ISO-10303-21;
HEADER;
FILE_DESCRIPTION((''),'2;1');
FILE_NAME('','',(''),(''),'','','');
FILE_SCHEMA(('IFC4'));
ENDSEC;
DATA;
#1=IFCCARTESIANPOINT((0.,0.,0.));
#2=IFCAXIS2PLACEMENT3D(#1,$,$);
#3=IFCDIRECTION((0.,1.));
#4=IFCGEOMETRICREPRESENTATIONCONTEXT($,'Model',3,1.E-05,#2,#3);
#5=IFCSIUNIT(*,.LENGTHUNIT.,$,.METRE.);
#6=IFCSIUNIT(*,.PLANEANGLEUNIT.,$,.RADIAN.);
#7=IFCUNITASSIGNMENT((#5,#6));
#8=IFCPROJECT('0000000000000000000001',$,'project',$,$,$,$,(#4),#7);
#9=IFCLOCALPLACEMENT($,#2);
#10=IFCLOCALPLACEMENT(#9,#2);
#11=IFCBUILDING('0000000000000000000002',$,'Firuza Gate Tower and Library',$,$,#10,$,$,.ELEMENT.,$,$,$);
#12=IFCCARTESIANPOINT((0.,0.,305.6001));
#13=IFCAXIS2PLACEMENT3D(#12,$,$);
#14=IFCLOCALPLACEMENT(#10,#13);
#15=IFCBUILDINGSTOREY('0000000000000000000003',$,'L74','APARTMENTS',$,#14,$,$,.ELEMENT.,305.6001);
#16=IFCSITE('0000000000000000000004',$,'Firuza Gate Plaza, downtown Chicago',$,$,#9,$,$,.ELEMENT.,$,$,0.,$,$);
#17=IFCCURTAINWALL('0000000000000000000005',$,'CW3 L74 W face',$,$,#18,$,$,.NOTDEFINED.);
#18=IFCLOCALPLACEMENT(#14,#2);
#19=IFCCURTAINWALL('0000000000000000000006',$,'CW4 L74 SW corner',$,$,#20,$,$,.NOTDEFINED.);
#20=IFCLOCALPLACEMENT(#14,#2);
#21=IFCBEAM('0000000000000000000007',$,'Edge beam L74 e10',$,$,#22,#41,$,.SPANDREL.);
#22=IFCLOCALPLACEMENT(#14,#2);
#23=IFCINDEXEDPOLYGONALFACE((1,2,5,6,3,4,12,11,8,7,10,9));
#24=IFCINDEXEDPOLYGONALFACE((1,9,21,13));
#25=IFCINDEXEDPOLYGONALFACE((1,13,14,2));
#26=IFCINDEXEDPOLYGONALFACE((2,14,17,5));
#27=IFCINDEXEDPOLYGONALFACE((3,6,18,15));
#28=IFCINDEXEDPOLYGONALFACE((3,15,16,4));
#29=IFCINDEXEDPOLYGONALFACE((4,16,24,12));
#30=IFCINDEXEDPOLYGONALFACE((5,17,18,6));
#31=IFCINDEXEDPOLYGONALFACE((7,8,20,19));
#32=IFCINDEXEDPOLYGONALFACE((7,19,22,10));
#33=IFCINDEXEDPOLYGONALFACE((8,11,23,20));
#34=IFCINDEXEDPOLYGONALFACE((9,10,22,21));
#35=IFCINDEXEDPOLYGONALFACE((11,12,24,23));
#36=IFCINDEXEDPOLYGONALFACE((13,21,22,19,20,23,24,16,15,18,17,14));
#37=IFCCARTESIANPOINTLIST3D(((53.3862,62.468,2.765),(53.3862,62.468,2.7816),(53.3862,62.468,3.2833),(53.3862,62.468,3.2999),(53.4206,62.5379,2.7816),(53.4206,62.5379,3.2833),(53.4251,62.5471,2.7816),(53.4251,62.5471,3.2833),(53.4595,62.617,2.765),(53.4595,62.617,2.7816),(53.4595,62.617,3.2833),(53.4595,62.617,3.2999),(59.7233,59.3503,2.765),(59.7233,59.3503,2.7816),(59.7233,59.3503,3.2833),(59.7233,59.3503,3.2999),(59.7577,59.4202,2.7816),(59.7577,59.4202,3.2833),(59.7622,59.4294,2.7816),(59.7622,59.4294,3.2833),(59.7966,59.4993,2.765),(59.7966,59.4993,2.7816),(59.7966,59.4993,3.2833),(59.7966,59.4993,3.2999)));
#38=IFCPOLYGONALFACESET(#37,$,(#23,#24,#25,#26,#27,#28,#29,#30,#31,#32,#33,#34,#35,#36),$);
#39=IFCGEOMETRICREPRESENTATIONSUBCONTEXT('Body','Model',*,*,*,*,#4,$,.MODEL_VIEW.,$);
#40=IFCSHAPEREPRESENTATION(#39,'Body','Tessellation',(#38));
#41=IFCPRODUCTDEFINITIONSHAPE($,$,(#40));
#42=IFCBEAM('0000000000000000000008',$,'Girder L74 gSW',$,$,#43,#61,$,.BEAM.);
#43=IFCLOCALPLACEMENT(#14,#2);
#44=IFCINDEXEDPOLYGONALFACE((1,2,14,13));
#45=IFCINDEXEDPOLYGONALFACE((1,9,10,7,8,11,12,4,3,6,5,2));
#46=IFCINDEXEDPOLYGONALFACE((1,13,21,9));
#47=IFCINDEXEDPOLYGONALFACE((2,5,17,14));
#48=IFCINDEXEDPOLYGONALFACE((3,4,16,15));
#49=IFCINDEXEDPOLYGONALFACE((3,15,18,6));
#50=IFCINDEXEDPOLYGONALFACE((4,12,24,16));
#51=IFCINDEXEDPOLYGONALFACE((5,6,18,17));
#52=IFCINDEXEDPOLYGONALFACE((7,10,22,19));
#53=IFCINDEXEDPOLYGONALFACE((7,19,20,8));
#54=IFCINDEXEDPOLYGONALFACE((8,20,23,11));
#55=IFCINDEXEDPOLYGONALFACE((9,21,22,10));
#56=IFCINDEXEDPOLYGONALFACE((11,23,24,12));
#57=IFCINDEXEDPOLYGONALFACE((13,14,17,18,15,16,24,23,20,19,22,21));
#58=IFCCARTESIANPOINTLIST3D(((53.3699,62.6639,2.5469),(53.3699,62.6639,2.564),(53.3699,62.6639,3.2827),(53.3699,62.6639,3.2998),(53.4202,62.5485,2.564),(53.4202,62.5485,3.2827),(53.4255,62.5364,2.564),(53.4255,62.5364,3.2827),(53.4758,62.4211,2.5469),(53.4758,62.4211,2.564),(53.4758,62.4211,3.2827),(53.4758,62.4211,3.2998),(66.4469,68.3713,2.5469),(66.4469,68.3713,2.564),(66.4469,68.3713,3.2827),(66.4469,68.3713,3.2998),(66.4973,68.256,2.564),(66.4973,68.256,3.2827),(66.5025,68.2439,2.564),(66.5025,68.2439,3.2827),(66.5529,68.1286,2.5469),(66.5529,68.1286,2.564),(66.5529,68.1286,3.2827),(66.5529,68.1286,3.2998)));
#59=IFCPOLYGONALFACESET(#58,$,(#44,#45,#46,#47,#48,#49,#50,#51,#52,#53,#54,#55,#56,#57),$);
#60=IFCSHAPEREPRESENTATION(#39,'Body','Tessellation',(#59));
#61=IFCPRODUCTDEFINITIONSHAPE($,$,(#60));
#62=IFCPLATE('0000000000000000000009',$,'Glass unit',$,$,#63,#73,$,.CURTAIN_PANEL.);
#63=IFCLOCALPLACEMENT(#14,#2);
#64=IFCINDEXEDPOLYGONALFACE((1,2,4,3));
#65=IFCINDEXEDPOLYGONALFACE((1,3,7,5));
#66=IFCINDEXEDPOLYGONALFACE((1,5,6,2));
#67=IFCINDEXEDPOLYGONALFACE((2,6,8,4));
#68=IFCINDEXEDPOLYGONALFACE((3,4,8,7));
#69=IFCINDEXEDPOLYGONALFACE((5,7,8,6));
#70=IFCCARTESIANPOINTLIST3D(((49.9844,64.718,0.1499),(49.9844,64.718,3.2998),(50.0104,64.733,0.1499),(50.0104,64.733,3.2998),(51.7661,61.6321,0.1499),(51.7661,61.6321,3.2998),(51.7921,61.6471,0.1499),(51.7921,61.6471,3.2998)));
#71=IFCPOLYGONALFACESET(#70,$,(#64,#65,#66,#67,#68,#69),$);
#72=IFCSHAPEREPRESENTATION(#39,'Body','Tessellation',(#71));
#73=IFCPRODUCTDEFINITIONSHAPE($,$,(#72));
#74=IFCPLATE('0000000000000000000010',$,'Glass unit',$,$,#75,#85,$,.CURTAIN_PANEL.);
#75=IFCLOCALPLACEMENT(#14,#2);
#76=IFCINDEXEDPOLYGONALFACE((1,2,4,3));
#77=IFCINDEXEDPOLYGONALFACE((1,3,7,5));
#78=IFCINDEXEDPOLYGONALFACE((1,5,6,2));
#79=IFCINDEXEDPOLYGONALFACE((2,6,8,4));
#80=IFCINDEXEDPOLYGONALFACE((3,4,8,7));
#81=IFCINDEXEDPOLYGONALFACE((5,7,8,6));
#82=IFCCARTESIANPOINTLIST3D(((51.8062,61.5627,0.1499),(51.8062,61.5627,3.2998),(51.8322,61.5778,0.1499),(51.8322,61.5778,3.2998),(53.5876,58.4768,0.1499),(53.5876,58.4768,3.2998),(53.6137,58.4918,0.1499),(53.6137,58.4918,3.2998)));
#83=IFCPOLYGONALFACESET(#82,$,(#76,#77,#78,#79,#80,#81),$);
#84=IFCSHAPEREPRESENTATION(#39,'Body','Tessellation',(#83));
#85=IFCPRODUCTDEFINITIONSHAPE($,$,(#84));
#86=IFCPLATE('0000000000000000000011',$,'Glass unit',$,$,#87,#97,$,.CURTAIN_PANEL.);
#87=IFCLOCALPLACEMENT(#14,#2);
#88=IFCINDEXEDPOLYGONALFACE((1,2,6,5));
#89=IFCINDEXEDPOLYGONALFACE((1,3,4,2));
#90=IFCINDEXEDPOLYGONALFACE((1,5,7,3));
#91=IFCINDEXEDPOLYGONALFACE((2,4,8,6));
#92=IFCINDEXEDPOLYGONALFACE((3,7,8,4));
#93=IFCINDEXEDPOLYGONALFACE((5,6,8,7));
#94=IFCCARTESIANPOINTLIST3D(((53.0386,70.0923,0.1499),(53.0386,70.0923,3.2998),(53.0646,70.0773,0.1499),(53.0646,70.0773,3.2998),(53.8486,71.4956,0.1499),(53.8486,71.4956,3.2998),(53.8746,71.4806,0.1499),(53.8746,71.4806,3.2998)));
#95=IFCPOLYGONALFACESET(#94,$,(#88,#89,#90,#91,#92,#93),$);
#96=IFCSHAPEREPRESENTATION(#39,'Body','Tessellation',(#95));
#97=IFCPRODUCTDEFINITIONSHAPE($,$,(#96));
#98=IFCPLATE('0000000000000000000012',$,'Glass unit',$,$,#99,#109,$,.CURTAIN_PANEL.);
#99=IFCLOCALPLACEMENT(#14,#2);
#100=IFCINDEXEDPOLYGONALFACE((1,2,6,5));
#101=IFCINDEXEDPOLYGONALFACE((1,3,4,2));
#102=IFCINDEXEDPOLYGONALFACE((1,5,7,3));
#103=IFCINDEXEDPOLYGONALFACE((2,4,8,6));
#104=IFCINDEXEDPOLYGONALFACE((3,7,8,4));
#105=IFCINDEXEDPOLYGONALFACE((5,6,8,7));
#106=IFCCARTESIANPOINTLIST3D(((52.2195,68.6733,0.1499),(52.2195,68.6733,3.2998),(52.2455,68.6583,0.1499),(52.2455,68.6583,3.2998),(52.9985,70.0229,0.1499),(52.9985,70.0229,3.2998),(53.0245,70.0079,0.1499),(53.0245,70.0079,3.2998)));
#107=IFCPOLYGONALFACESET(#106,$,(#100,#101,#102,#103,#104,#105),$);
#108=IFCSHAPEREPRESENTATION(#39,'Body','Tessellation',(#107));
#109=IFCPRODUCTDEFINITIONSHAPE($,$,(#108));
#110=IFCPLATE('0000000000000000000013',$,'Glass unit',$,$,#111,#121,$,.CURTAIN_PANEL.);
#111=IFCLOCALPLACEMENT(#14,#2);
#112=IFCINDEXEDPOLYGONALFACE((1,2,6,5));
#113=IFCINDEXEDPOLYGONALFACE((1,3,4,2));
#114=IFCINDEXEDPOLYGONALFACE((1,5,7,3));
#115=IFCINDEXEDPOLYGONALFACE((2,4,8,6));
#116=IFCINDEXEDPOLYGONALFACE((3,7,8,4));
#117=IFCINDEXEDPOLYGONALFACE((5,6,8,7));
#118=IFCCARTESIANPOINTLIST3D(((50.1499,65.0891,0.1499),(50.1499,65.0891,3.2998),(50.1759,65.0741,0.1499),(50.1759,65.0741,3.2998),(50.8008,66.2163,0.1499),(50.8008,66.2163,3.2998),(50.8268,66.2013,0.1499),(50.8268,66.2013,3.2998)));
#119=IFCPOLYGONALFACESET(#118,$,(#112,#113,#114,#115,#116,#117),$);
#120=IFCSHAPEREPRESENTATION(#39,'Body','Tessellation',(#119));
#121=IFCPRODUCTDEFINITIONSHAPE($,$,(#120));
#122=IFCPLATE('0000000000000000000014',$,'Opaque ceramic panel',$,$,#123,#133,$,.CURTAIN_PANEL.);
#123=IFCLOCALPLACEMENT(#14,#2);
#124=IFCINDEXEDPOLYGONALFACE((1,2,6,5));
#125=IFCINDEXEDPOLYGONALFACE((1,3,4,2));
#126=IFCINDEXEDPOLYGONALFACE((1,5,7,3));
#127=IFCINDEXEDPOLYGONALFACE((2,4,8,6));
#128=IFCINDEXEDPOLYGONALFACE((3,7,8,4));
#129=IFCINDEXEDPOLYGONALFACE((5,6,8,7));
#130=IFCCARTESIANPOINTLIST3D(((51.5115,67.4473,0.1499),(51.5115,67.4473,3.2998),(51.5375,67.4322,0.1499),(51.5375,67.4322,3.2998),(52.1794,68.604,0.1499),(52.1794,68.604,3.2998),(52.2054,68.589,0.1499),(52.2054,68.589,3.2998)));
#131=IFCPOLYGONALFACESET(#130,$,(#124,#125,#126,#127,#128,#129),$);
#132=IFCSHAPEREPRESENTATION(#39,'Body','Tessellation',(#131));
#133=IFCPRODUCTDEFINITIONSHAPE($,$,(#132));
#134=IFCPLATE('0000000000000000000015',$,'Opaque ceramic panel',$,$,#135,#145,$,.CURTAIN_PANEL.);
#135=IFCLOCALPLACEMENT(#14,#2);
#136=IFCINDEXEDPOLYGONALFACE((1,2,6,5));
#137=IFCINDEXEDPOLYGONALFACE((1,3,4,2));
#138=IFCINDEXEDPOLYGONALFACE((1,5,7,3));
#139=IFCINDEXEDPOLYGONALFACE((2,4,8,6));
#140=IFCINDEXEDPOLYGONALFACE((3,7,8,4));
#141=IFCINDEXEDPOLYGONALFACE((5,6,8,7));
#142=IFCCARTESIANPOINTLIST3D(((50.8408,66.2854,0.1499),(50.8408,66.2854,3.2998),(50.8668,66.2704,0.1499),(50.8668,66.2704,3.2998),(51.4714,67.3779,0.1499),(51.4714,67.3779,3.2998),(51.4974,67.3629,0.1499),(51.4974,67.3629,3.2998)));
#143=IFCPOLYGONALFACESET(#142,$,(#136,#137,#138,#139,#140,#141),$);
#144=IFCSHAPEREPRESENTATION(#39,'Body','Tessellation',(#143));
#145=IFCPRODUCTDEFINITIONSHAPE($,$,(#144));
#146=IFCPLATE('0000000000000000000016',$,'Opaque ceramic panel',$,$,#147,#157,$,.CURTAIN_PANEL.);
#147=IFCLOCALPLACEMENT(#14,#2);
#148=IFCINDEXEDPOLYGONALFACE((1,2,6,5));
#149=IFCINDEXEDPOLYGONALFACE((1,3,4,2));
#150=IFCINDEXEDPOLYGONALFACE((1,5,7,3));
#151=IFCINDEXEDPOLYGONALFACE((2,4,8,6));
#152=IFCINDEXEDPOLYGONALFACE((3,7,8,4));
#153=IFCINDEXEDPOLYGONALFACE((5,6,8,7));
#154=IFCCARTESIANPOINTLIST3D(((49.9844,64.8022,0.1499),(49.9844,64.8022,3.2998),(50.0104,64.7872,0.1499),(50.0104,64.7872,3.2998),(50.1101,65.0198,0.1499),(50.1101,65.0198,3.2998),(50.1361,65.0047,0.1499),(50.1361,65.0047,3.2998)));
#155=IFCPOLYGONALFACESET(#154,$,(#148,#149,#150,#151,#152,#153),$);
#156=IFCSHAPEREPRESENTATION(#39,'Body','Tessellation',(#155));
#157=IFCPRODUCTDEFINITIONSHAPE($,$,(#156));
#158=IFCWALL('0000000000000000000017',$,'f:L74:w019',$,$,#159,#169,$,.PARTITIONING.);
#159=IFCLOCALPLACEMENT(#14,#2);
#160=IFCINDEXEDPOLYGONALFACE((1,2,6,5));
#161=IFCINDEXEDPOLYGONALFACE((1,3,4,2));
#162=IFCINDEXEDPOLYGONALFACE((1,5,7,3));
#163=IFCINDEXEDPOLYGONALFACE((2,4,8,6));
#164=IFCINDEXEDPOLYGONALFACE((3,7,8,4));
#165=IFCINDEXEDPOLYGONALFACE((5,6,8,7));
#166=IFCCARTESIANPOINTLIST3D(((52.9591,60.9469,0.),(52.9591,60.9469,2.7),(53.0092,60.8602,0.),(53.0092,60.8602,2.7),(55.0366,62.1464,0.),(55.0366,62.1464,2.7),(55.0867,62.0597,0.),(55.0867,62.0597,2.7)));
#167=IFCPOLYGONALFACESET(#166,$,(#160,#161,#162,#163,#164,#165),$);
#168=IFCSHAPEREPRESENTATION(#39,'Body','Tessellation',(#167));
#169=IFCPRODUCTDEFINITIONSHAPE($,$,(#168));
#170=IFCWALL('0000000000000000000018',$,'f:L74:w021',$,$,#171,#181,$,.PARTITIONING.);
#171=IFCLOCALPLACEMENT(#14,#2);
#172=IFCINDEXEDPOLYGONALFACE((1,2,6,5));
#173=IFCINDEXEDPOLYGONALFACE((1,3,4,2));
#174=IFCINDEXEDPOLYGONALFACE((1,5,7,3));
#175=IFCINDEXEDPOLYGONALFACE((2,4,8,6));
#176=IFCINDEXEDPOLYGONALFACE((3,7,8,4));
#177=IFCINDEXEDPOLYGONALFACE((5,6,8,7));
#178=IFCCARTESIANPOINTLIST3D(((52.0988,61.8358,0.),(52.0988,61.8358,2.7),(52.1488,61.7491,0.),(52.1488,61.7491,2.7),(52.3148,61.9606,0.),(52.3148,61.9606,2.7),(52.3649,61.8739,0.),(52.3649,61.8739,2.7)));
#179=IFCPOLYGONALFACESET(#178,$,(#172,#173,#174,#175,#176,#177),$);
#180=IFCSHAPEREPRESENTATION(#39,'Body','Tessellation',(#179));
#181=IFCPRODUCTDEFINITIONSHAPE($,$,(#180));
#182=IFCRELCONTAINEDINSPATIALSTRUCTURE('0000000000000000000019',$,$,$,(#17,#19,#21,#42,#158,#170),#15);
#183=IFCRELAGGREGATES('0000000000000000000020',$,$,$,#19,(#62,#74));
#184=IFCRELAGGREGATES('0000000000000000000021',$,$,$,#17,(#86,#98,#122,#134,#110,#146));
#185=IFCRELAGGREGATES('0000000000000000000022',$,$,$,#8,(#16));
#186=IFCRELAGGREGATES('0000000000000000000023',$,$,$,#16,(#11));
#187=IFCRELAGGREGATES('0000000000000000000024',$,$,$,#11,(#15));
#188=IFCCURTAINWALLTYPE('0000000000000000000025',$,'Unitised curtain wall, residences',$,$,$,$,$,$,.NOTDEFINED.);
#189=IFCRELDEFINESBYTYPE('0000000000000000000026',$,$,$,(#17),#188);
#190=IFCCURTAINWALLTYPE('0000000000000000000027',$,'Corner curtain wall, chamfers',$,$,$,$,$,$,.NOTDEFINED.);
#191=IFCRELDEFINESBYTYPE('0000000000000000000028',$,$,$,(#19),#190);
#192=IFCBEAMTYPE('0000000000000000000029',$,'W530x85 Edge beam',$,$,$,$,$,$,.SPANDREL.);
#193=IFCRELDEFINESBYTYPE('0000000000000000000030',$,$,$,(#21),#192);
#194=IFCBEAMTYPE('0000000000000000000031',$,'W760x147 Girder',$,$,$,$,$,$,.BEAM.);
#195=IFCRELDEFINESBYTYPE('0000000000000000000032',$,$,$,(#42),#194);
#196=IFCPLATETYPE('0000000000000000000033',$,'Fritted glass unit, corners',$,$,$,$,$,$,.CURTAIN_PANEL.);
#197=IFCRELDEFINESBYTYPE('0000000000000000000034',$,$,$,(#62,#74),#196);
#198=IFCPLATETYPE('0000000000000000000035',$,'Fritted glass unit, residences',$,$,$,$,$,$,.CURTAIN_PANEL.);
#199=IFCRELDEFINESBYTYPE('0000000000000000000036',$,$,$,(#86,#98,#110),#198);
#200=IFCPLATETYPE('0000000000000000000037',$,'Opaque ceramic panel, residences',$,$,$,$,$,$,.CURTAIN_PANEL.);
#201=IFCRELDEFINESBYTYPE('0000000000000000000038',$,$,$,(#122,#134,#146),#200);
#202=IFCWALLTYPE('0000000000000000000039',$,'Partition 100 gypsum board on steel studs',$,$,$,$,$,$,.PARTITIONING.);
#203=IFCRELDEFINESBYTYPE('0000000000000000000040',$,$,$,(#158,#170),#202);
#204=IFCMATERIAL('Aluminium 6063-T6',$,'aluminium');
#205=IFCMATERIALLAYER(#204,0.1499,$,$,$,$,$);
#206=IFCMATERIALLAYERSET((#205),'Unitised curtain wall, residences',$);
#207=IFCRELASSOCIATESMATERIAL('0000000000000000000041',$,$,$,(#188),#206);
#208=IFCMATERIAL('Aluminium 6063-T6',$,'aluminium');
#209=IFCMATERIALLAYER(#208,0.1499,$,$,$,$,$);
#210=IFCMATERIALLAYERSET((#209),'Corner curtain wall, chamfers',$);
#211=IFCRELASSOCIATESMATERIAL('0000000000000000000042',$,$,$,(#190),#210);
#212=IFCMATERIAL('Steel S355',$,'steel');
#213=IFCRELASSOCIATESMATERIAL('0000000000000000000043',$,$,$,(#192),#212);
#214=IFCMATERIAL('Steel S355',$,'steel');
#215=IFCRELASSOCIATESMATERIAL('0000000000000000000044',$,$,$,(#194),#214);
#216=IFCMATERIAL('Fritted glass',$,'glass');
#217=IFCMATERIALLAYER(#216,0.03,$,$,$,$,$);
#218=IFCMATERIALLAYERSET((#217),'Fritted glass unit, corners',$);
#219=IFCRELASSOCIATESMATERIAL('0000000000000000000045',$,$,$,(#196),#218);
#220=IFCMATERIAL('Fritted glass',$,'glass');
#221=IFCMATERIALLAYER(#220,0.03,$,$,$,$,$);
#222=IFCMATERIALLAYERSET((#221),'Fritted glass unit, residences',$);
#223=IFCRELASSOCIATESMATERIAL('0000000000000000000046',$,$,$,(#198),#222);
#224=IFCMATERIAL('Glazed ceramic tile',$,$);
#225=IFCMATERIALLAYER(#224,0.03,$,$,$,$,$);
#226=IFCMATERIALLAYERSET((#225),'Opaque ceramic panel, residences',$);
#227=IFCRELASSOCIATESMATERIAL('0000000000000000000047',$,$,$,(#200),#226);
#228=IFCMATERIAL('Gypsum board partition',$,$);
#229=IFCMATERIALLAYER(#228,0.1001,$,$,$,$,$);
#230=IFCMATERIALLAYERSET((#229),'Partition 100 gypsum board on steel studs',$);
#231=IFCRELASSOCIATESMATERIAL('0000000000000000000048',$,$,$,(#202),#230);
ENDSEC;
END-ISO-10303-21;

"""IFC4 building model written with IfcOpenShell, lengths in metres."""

from ifc_helpers import new_model, si_unit, direction, frame, frame_2d, origin, origin_2d, place, context, subcontext, project, spatial, polyline, rectangle, i_section, outline, extrude, material, layer, layer_set, material_profile, profile_set, type_object, element, aggregate, save


model = new_model("IFC4")

# Units and contexts
model_context = context("Model", 3, precision=1e-05, world=origin(), true_north=direction((0.0, 1.0)))
body_context = subcontext(model_context, "Body", "Model", "MODEL_VIEW")
ifc_project = project(units=[si_unit("LENGTHUNIT", "METRE"), si_unit("PLANEANGLEUNIT", "RADIAN")], contexts=[model_context])

# Site, building, storey
site_placement = place(None, origin())
site = spatial("IfcSite", under=ifc_project, at=site_placement, Name="Firuza Gate Plaza, downtown Chicago", CompositionType="ELEMENT", RefElevation=0.0)
building_placement = place(site_placement, origin())
building = spatial("IfcBuilding", under=site, at=building_placement, Name="Firuza Gate Tower and Library", CompositionType="ELEMENT")
storey_placement = place(building_placement, frame((0.0, 0.0, 305.6001)))
storey = spatial("IfcBuildingStorey", under=building, at=storey_placement, Name="L74", Description="APARTMENTS", CompositionType="ELEMENT", Elevation=305.6001)

# Curtain walls
ifc_material_1 = material(Name="Aluminium 6063-T6", Category="aluminium")
ifc_layer_1 = layer(ifc_material_1, 0.1499)
ifc_layer_set_1 = layer_set([ifc_layer_1], Name="Unitised curtain wall, residences")
curtain_wall_type_1 = type_object("IfcCurtainWallType", Name="Unitised curtain wall, residences", PredefinedType="NOTDEFINED", material=ifc_layer_set_1)
placement = place(storey_placement, origin())
curtain_wall_1 = element("IfcCurtainWall", 1, at=placement, inside=storey, type_object=curtain_wall_type_1, Name="CW3 L74 W face", PredefinedType="NOTDEFINED")
ifc_material_2 = material(Name="Aluminium 6063-T6", Category="aluminium")
ifc_layer_2 = layer(ifc_material_2, 0.1499)
ifc_layer_set_2 = layer_set([ifc_layer_2], Name="Corner curtain wall, chamfers")
curtain_wall_type_2 = type_object("IfcCurtainWallType", Name="Corner curtain wall, chamfers", PredefinedType="NOTDEFINED", material=ifc_layer_set_2)
curtain_wall_2 = element("IfcCurtainWall", 2, at=placement, inside=storey, type_object=curtain_wall_type_2, Name="CW4 L74 SW corner", PredefinedType="NOTDEFINED")

# Beams
ifc_material_3 = material(Name="Steel S355", Category="steel")
ifc_material_profile_1 = material_profile(ifc_material_3, i_section(OverallWidth=0.166, OverallDepth=0.5349, WebThickness=0.0103, FlangeThickness=0.0166, at=origin_2d()))
ifc_profile_set_1 = profile_set([ifc_material_profile_1], Name="Steel S355")
beam_type_1 = type_object("IfcBeamType", Name="W530x85 Edge beam", PredefinedType="SPANDREL", material=ifc_profile_set_1)
beam_1_placement = place(storey_placement, frame((53.4229, 62.5425, 3.0325), z_axis=(0.897292, -0.441438, 0.0), x_axis=(0.441438, 0.897292, 0.0)))
element("IfcBeam", 3, at=beam_1_placement, inside=storey, type_object=beam_type_1, Name="Edge beam L74 e10", PredefinedType="SPANDREL", context=body_context, shape_type="SweptSolid", body=[
    extrude(i_section(OverallWidth=0.166, OverallDepth=0.5349, WebThickness=0.0103, FlangeThickness=0.0166, at=origin_2d()), origin(), (0.0, 0.0, 1.0), 7.0625),
])
ifc_material_4 = material(Name="Steel S355", Category="steel")
ifc_material_profile_2 = material_profile(ifc_material_4, i_section(OverallWidth=0.2649, OverallDepth=0.7529, WebThickness=0.0132, FlangeThickness=0.0171, at=origin_2d()))
ifc_profile_set_2 = profile_set([ifc_material_profile_2], Name="Steel S355")
beam_type_2 = type_object("IfcBeamType", Name="W760x147 Girder", PredefinedType="BEAM", material=ifc_profile_set_2)
beam_2_placement = place(storey_placement, frame((53.4229, 62.5425, 2.9233), z_axis=(0.91651, 0.400011, 0.0), x_axis=(-0.400011, 0.91651, 0.0)))
element("IfcBeam", 4, at=beam_2_placement, inside=storey, type_object=beam_type_2, Name="Girder L74 gSW", PredefinedType="BEAM", context=body_context, shape_type="SweptSolid", body=[
    extrude(i_section(OverallWidth=0.2649, OverallDepth=0.7529, WebThickness=0.0132, FlangeThickness=0.0171, at=origin_2d()), origin(), (0.0, 0.0, 1.0), 14.2683),
])

# Plates
ifc_material_5 = material(Name="Fritted glass", Category="glass")
ifc_layer_3 = layer(ifc_material_5, 0.03)
ifc_layer_set_3 = layer_set([ifc_layer_3], Name="Fritted glass unit, corners")
plate_type_1 = type_object("IfcPlateType", Name="Fritted glass unit, corners", PredefinedType="CURTAIN_PANEL", material=ifc_layer_set_3)
plate_1_placement = place(storey_placement, frame((49.9844, 64.718, 0.1499), z_axis=(-0.866017, -0.500015, 0.0), x_axis=(0.500015, -0.866017, 0.0)))
plate_1 = element("IfcPlate", 5, at=plate_1_placement, type_object=plate_type_1, Name="Glass unit", PredefinedType="CURTAIN_PANEL", context=body_context, shape_type="SweptSolid", body=[
    extrude(outline(polyline([(0.0, 0.0), (3.5634, 0.0), (3.5634, 3.1499), (0.0, 3.1499), (0.0, 0.0)])), origin(), (0.0, 0.0, -1.0), 0.03),
])
plate_2_placement = place(storey_placement, frame((51.8062, 61.5627, 0.1499), z_axis=(-0.866046, -0.499964, 0.0), x_axis=(0.499964, -0.866046, 0.0)))
plate_2 = element("IfcPlate", 6, at=plate_2_placement, type_object=plate_type_1, Name="Glass unit", PredefinedType="CURTAIN_PANEL", context=body_context, shape_type="SweptSolid", body=[
    extrude(outline(polyline([(0.0, 0.0), (3.5632, 0.0), (3.5632, 3.1499), (0.0, 3.1499), (0.0, 0.0)])), origin(), (0.0, 0.0, -1.0), 0.03),
])
aggregate(curtain_wall_2, [plate_1, plate_2])
ifc_material_6 = material(Name="Fritted glass", Category="glass")
ifc_layer_4 = layer(ifc_material_6, 0.03)
ifc_layer_set_4 = layer_set([ifc_layer_4], Name="Fritted glass unit, residences")
plate_type_2 = type_object("IfcPlateType", Name="Fritted glass unit, residences", PredefinedType="CURTAIN_PANEL", material=ifc_layer_set_4)
plate_3_placement = place(storey_placement, frame((53.8486, 71.4956, 0.1499), z_axis=(-0.866065, 0.499931, 0.0), x_axis=(-0.499931, -0.866065, 0.0)))
plate_3 = element("IfcPlate", 7, at=plate_3_placement, type_object=plate_type_2, Name="Glass unit", PredefinedType="CURTAIN_PANEL", context=body_context, shape_type="SweptSolid", body=[
    extrude(outline(polyline([(0.0, 0.0), (1.6203, 0.0), (1.6203, 3.1499), (0.0, 3.1499), (0.0, 0.0)])), origin(), (0.0, 0.0, -1.0), 0.03),
])
plate_4_placement = place(storey_placement, frame((52.9985, 70.0229, 0.1499), z_axis=(-0.866066, 0.49993, 0.0), x_axis=(-0.49993, -0.866066, 0.0)))
plate_4 = element("IfcPlate", 8, at=plate_4_placement, type_object=plate_type_2, Name="Glass unit", PredefinedType="CURTAIN_PANEL", context=body_context, shape_type="SweptSolid", body=[
    extrude(outline(polyline([(0.0, 0.0), (1.5583, 0.0), (1.5583, 3.1499), (0.0, 3.1499), (0.0, 0.0)])), origin(), (0.0, 0.0, -1.0), 0.03),
])
plate_5_placement = place(storey_placement, frame((50.8008, 66.2163, 0.1499), z_axis=(-0.865995, 0.500053, 0.0), x_axis=(-0.500053, -0.865995, 0.0)))
plate_5 = element("IfcPlate", 9, at=plate_5_placement, type_object=plate_type_2, Name="Glass unit", PredefinedType="CURTAIN_PANEL", context=body_context, shape_type="SweptSolid", body=[
    extrude(outline(polyline([(0.0, 0.0), (1.3016, 0.0), (1.3016, 3.1499), (0.0, 3.1499), (0.0, 0.0)])), origin(), (0.0, 0.0, -1.0), 0.03),
])
ifc_material_7 = material(Name="Glazed ceramic tile")
ifc_layer_5 = layer(ifc_material_7, 0.03)
ifc_layer_set_5 = layer_set([ifc_layer_5], Name="Opaque ceramic panel, residences")
plate_type_3 = type_object("IfcPlateType", Name="Opaque ceramic panel, residences", PredefinedType="CURTAIN_PANEL", material=ifc_layer_set_5)
plate_6_placement = place(storey_placement, frame((52.1794, 68.604, 0.1499), z_axis=(-0.865985, 0.500071, 0.0), x_axis=(-0.500071, -0.865985, 0.0)))
plate_6 = element("IfcPlate", 10, at=plate_6_placement, type_object=plate_type_3, Name="Opaque ceramic panel", PredefinedType="CURTAIN_PANEL", context=body_context, shape_type="SweptSolid", body=[
    extrude(outline(polyline([(0.0, 0.0), (1.3357, 0.0), (1.3357, 3.1499), (0.0, 3.1499), (0.0, 0.0)])), origin(), (0.0, 0.0, -1.0), 0.03),
])
plate_7_placement = place(storey_placement, frame((51.4714, 67.3779, 0.1499), z_axis=(-0.866079, 0.499907, 0.0), x_axis=(-0.499907, -0.866079, 0.0)))
plate_7 = element("IfcPlate", 11, at=plate_7_placement, type_object=plate_type_3, Name="Opaque ceramic panel", PredefinedType="CURTAIN_PANEL", context=body_context, shape_type="SweptSolid", body=[
    extrude(outline(polyline([(0.0, 0.0), (1.2615, 0.0), (1.2615, 3.1499), (0.0, 3.1499), (0.0, 0.0)])), origin(), (0.0, 0.0, -1.0), 0.03),
])
plate_8_placement = place(storey_placement, frame((50.1101, 65.0198, 0.1499), z_axis=(-0.865781, 0.500423, 0.0), x_axis=(-0.500423, -0.865781, 0.0)))
plate_8 = element("IfcPlate", 12, at=plate_8_placement, type_object=plate_type_3, Name="Opaque ceramic panel", PredefinedType="CURTAIN_PANEL", context=body_context, shape_type="SweptSolid", body=[
    extrude(outline(polyline([(0.0, 0.0), (0.2513, 0.0), (0.2513, 3.1499), (0.0, 3.1499), (0.0, 0.0)])), origin(), (0.0, 0.0, -1.0), 0.03),
])
aggregate(curtain_wall_1, [plate_3, plate_4, plate_6, plate_7, plate_5, plate_8])

# Walls
ifc_material_8 = material(Name="Gypsum board partition")
ifc_layer_6 = layer(ifc_material_8, 0.1001)
ifc_layer_set_6 = layer_set([ifc_layer_6], Name="Partition 100 gypsum board on steel studs")
wall_type = type_object("IfcWallType", Name="Partition 100 gypsum board on steel studs", PredefinedType="PARTITIONING", material=ifc_layer_set_6)
wall_1_placement = place(storey_placement, frame((52.9841, 60.9036, 0.0), z_axis=(0.0, 0.0, 1.0), x_axis=(0.866011, 0.500025, 0.0)))
element("IfcWall", 13, at=wall_1_placement, inside=storey, type_object=wall_type, Name="f:L74:w019", PredefinedType="PARTITIONING", context=body_context, shape_type="SweptSolid", body=[
    extrude(rectangle(XDim=2.3989, YDim=0.1001, at=frame_2d((1.1995, 0.0))), origin(), (0.0, 0.0, 1.0), 2.7),
])
wall_2_placement = place(storey_placement, frame((52.1238, 61.7925, 0.0), z_axis=(0.0, 0.0, 1.0), x_axis=(0.866006, 0.500033, 0.0)))
element("IfcWall", 14, at=wall_2_placement, inside=storey, type_object=wall_type, Name="f:L74:w021", PredefinedType="PARTITIONING", context=body_context, shape_type="SweptSolid", body=[
    extrude(rectangle(XDim=0.2495, YDim=0.1001, at=frame_2d((0.1248, 0.0))), origin(), (0.0, 0.0, 1.0), 2.7),
])

save(model, "model.ifc")
